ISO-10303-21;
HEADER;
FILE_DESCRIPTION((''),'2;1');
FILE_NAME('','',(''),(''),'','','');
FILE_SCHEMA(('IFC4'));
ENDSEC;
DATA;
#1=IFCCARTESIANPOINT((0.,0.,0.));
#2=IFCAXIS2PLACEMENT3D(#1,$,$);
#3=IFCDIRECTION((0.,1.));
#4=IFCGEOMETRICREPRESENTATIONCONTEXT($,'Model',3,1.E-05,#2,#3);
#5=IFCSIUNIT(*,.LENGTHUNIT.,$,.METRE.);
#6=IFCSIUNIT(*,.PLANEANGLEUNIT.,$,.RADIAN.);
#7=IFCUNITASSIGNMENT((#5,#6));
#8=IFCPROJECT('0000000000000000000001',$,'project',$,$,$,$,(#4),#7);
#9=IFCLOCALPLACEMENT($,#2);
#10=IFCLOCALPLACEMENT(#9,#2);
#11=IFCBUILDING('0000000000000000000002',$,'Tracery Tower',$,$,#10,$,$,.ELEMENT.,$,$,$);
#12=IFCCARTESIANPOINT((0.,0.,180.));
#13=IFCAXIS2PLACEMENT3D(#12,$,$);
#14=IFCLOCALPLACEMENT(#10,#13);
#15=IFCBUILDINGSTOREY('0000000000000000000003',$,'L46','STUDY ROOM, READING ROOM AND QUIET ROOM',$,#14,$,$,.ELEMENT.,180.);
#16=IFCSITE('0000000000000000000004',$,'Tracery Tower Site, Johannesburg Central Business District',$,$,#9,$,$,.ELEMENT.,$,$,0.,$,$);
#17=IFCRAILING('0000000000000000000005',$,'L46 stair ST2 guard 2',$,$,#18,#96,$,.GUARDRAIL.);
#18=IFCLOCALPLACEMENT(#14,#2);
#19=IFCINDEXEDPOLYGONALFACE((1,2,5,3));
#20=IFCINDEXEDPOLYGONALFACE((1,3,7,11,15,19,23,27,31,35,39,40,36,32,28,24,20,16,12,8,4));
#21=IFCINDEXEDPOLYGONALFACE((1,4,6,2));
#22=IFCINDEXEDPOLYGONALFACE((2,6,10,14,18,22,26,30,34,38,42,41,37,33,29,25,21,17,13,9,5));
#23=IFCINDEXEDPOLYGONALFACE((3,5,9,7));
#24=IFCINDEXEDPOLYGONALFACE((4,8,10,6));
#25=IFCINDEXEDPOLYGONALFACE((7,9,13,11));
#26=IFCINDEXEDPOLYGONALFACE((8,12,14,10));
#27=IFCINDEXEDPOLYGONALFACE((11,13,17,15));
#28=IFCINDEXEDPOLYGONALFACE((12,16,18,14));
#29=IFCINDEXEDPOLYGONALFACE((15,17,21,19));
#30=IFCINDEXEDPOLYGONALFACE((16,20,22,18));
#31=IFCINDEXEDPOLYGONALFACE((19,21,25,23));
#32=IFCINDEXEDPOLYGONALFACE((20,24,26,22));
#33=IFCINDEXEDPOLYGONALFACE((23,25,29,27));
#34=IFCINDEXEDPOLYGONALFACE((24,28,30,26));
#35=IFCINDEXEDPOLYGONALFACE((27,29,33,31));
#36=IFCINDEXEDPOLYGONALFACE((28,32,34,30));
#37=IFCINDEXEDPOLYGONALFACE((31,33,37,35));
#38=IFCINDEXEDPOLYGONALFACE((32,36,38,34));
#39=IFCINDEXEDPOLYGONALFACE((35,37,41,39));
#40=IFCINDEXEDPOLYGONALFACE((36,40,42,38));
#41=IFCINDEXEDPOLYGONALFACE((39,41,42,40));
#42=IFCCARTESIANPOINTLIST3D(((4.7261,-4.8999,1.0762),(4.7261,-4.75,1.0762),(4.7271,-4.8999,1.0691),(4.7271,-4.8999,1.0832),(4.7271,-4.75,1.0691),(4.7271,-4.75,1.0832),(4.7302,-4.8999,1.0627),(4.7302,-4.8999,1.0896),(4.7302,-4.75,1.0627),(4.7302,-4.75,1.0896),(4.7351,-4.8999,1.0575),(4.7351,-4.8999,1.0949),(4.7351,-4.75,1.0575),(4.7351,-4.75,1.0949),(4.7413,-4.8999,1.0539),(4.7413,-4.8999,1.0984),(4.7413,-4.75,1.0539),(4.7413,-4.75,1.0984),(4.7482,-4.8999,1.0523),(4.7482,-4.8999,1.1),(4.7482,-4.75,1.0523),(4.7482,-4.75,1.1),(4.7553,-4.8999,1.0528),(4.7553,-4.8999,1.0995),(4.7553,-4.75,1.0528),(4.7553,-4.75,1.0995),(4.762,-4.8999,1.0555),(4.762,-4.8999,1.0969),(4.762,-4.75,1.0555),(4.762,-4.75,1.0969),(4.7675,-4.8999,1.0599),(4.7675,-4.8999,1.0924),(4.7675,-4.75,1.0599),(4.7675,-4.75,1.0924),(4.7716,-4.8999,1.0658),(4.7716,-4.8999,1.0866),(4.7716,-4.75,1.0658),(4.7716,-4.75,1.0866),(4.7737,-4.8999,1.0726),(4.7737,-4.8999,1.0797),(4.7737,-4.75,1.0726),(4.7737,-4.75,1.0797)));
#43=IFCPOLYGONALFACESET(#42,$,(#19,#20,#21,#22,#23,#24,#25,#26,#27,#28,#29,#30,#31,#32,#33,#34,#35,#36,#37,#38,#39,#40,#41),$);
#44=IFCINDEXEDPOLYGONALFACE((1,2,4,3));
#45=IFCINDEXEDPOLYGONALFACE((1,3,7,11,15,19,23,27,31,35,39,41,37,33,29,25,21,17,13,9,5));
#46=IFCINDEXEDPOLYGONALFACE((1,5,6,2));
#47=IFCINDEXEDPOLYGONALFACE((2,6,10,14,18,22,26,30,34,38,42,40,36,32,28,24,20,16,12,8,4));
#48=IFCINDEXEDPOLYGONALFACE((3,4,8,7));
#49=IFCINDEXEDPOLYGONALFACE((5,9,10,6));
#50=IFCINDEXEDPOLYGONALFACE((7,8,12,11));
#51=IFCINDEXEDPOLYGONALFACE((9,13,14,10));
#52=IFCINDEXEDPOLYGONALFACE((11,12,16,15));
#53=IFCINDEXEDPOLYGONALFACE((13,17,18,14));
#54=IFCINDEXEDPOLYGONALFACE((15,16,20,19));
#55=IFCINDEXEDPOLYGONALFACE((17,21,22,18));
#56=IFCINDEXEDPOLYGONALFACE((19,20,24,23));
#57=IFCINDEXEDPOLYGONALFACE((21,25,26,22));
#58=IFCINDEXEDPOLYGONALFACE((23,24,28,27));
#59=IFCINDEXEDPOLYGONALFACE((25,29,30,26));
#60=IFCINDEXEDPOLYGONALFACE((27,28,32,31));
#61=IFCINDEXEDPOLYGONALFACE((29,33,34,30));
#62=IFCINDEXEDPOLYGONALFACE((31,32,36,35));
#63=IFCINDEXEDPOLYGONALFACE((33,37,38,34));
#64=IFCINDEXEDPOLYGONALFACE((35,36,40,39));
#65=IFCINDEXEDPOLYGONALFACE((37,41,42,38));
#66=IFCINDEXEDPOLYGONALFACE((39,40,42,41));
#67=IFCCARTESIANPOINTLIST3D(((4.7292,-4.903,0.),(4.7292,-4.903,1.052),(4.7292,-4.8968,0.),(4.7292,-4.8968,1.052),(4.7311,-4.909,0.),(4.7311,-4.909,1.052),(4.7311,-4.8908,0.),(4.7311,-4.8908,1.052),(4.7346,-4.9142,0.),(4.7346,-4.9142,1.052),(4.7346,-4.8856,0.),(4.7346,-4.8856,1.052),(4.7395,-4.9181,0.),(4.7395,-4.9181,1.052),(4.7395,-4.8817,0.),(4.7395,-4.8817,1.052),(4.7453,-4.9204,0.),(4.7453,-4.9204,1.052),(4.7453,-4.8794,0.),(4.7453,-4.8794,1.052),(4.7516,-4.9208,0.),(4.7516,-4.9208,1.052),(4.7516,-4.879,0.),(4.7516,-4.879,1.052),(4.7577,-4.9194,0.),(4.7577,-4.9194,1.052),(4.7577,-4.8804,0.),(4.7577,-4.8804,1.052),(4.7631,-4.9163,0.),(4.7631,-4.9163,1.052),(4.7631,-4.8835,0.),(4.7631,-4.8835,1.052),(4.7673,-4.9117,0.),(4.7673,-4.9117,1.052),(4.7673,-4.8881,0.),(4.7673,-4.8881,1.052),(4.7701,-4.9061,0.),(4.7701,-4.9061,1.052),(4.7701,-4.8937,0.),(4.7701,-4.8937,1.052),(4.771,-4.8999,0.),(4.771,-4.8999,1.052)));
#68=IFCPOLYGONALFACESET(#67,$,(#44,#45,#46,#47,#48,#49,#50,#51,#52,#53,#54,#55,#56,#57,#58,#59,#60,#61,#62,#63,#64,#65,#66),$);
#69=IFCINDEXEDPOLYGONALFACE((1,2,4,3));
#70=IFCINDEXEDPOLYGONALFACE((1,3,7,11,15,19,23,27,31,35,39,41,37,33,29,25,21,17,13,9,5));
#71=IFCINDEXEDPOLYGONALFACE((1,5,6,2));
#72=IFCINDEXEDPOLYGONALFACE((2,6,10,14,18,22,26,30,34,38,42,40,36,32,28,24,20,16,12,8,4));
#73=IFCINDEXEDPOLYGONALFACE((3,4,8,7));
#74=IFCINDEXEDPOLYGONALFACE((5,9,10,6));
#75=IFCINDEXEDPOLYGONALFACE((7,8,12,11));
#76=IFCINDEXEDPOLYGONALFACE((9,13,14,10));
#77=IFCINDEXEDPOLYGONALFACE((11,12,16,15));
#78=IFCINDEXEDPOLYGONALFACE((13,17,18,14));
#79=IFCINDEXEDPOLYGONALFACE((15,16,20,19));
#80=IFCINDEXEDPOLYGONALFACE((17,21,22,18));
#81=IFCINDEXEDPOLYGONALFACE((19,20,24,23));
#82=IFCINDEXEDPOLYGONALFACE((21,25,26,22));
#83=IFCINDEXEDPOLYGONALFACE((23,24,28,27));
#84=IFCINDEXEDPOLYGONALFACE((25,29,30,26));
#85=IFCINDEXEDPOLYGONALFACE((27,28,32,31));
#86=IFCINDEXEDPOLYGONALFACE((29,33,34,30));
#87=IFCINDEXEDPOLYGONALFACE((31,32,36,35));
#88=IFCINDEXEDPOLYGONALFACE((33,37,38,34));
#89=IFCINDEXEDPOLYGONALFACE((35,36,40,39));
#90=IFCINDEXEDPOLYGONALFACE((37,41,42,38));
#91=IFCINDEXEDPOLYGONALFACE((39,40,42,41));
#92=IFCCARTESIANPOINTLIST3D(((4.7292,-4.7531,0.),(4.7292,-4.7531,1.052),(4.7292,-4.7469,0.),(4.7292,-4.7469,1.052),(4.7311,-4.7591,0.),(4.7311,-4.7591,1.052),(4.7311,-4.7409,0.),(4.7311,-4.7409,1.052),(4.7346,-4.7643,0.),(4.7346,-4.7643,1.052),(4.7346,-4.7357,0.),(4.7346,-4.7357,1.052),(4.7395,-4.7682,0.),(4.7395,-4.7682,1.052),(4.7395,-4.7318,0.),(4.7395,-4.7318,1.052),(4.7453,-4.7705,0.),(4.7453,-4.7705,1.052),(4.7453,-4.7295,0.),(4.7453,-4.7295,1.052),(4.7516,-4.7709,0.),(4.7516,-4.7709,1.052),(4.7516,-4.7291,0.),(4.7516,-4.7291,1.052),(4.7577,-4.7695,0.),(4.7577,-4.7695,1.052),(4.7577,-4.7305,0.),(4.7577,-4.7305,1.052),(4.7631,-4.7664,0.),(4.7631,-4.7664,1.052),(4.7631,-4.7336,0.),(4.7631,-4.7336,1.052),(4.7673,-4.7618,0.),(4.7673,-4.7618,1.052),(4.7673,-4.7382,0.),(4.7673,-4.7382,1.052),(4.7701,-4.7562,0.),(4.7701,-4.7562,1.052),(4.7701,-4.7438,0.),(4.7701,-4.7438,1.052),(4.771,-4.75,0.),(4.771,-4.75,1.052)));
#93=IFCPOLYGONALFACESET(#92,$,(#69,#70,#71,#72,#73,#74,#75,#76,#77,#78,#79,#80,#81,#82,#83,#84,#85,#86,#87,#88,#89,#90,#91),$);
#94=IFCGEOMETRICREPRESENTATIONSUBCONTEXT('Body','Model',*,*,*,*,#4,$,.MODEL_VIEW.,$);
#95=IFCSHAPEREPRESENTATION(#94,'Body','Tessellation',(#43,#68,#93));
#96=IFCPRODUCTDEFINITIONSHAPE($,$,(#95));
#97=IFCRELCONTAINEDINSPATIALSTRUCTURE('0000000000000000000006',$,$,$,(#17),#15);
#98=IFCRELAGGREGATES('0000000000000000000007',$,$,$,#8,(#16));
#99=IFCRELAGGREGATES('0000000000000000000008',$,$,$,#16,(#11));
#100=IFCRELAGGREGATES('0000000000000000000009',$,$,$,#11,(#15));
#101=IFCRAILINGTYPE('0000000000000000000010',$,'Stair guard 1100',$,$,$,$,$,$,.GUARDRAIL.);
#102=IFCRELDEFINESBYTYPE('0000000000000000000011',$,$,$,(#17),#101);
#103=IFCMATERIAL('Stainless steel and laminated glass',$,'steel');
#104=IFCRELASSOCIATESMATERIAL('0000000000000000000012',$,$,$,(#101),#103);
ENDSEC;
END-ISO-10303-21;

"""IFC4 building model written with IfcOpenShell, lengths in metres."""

from ifc_helpers import new_model, si_unit, direction, frame, origin, origin_2d, place, context, subcontext, project, spatial, circle, extrude, material, type_object, element, save


model = new_model("IFC4")

# Units and contexts
model_context = context("Model", 3, precision=1e-05, world=origin(), true_north=direction((0.0, 1.0)))
body_context = subcontext(model_context, "Body", "Model", "MODEL_VIEW")
ifc_project = project(units=[si_unit("LENGTHUNIT", "METRE"), si_unit("PLANEANGLEUNIT", "RADIAN")], contexts=[model_context])

# Site, building, storey
site_placement = place(None, origin())
site = spatial("IfcSite", under=ifc_project, at=site_placement, Name="Tracery Tower Site, Johannesburg Central Business District", CompositionType="ELEMENT", RefElevation=0.0)
building_placement = place(site_placement, origin())
building = spatial("IfcBuilding", under=site, at=building_placement, Name="Tracery Tower", CompositionType="ELEMENT")
storey_placement = place(building_placement, frame((0.0, 0.0, 180.0)))
storey = spatial("IfcBuildingStorey", under=building, at=storey_placement, Name="L46", Description="STUDY ROOM, READING ROOM AND QUIET ROOM", CompositionType="ELEMENT", Elevation=180.0)

# Railing
ifc_material_1 = material(Name="Stainless steel and laminated glass", Category="steel")
railing_type_1 = type_object("IfcRailingType", Name="Stair guard 1100", PredefinedType="GUARDRAIL", material=ifc_material_1)
railing_1_placement = place(storey_placement, frame((4.75, -4.8999, 0.0)))
element("IfcRailing", 1, at=railing_1_placement, inside=storey, type_object=railing_type_1, Name="L46 stair ST2 guard 2", PredefinedType="GUARDRAIL", context=body_context, shape_type="SweptSolid", body=[
    extrude(circle(Radius=0.0239, at=origin_2d()), frame((0.0, 0.0, 1.0762), z_axis=(0.0, 1.0, 0.0), x_axis=(-1.0, 0.0, 0.0)), (0.0, 0.0, 1.0), 0.1499),
    extrude(circle(Radius=0.021, at=origin_2d()), origin(), (0.0, 0.0, 1.0), 1.052),
    extrude(circle(Radius=0.021, at=origin_2d()), frame((0.0, 0.1499, 0.0)), (0.0, 0.0, 1.0), 1.052),
])

save(model, "model.ifc")
